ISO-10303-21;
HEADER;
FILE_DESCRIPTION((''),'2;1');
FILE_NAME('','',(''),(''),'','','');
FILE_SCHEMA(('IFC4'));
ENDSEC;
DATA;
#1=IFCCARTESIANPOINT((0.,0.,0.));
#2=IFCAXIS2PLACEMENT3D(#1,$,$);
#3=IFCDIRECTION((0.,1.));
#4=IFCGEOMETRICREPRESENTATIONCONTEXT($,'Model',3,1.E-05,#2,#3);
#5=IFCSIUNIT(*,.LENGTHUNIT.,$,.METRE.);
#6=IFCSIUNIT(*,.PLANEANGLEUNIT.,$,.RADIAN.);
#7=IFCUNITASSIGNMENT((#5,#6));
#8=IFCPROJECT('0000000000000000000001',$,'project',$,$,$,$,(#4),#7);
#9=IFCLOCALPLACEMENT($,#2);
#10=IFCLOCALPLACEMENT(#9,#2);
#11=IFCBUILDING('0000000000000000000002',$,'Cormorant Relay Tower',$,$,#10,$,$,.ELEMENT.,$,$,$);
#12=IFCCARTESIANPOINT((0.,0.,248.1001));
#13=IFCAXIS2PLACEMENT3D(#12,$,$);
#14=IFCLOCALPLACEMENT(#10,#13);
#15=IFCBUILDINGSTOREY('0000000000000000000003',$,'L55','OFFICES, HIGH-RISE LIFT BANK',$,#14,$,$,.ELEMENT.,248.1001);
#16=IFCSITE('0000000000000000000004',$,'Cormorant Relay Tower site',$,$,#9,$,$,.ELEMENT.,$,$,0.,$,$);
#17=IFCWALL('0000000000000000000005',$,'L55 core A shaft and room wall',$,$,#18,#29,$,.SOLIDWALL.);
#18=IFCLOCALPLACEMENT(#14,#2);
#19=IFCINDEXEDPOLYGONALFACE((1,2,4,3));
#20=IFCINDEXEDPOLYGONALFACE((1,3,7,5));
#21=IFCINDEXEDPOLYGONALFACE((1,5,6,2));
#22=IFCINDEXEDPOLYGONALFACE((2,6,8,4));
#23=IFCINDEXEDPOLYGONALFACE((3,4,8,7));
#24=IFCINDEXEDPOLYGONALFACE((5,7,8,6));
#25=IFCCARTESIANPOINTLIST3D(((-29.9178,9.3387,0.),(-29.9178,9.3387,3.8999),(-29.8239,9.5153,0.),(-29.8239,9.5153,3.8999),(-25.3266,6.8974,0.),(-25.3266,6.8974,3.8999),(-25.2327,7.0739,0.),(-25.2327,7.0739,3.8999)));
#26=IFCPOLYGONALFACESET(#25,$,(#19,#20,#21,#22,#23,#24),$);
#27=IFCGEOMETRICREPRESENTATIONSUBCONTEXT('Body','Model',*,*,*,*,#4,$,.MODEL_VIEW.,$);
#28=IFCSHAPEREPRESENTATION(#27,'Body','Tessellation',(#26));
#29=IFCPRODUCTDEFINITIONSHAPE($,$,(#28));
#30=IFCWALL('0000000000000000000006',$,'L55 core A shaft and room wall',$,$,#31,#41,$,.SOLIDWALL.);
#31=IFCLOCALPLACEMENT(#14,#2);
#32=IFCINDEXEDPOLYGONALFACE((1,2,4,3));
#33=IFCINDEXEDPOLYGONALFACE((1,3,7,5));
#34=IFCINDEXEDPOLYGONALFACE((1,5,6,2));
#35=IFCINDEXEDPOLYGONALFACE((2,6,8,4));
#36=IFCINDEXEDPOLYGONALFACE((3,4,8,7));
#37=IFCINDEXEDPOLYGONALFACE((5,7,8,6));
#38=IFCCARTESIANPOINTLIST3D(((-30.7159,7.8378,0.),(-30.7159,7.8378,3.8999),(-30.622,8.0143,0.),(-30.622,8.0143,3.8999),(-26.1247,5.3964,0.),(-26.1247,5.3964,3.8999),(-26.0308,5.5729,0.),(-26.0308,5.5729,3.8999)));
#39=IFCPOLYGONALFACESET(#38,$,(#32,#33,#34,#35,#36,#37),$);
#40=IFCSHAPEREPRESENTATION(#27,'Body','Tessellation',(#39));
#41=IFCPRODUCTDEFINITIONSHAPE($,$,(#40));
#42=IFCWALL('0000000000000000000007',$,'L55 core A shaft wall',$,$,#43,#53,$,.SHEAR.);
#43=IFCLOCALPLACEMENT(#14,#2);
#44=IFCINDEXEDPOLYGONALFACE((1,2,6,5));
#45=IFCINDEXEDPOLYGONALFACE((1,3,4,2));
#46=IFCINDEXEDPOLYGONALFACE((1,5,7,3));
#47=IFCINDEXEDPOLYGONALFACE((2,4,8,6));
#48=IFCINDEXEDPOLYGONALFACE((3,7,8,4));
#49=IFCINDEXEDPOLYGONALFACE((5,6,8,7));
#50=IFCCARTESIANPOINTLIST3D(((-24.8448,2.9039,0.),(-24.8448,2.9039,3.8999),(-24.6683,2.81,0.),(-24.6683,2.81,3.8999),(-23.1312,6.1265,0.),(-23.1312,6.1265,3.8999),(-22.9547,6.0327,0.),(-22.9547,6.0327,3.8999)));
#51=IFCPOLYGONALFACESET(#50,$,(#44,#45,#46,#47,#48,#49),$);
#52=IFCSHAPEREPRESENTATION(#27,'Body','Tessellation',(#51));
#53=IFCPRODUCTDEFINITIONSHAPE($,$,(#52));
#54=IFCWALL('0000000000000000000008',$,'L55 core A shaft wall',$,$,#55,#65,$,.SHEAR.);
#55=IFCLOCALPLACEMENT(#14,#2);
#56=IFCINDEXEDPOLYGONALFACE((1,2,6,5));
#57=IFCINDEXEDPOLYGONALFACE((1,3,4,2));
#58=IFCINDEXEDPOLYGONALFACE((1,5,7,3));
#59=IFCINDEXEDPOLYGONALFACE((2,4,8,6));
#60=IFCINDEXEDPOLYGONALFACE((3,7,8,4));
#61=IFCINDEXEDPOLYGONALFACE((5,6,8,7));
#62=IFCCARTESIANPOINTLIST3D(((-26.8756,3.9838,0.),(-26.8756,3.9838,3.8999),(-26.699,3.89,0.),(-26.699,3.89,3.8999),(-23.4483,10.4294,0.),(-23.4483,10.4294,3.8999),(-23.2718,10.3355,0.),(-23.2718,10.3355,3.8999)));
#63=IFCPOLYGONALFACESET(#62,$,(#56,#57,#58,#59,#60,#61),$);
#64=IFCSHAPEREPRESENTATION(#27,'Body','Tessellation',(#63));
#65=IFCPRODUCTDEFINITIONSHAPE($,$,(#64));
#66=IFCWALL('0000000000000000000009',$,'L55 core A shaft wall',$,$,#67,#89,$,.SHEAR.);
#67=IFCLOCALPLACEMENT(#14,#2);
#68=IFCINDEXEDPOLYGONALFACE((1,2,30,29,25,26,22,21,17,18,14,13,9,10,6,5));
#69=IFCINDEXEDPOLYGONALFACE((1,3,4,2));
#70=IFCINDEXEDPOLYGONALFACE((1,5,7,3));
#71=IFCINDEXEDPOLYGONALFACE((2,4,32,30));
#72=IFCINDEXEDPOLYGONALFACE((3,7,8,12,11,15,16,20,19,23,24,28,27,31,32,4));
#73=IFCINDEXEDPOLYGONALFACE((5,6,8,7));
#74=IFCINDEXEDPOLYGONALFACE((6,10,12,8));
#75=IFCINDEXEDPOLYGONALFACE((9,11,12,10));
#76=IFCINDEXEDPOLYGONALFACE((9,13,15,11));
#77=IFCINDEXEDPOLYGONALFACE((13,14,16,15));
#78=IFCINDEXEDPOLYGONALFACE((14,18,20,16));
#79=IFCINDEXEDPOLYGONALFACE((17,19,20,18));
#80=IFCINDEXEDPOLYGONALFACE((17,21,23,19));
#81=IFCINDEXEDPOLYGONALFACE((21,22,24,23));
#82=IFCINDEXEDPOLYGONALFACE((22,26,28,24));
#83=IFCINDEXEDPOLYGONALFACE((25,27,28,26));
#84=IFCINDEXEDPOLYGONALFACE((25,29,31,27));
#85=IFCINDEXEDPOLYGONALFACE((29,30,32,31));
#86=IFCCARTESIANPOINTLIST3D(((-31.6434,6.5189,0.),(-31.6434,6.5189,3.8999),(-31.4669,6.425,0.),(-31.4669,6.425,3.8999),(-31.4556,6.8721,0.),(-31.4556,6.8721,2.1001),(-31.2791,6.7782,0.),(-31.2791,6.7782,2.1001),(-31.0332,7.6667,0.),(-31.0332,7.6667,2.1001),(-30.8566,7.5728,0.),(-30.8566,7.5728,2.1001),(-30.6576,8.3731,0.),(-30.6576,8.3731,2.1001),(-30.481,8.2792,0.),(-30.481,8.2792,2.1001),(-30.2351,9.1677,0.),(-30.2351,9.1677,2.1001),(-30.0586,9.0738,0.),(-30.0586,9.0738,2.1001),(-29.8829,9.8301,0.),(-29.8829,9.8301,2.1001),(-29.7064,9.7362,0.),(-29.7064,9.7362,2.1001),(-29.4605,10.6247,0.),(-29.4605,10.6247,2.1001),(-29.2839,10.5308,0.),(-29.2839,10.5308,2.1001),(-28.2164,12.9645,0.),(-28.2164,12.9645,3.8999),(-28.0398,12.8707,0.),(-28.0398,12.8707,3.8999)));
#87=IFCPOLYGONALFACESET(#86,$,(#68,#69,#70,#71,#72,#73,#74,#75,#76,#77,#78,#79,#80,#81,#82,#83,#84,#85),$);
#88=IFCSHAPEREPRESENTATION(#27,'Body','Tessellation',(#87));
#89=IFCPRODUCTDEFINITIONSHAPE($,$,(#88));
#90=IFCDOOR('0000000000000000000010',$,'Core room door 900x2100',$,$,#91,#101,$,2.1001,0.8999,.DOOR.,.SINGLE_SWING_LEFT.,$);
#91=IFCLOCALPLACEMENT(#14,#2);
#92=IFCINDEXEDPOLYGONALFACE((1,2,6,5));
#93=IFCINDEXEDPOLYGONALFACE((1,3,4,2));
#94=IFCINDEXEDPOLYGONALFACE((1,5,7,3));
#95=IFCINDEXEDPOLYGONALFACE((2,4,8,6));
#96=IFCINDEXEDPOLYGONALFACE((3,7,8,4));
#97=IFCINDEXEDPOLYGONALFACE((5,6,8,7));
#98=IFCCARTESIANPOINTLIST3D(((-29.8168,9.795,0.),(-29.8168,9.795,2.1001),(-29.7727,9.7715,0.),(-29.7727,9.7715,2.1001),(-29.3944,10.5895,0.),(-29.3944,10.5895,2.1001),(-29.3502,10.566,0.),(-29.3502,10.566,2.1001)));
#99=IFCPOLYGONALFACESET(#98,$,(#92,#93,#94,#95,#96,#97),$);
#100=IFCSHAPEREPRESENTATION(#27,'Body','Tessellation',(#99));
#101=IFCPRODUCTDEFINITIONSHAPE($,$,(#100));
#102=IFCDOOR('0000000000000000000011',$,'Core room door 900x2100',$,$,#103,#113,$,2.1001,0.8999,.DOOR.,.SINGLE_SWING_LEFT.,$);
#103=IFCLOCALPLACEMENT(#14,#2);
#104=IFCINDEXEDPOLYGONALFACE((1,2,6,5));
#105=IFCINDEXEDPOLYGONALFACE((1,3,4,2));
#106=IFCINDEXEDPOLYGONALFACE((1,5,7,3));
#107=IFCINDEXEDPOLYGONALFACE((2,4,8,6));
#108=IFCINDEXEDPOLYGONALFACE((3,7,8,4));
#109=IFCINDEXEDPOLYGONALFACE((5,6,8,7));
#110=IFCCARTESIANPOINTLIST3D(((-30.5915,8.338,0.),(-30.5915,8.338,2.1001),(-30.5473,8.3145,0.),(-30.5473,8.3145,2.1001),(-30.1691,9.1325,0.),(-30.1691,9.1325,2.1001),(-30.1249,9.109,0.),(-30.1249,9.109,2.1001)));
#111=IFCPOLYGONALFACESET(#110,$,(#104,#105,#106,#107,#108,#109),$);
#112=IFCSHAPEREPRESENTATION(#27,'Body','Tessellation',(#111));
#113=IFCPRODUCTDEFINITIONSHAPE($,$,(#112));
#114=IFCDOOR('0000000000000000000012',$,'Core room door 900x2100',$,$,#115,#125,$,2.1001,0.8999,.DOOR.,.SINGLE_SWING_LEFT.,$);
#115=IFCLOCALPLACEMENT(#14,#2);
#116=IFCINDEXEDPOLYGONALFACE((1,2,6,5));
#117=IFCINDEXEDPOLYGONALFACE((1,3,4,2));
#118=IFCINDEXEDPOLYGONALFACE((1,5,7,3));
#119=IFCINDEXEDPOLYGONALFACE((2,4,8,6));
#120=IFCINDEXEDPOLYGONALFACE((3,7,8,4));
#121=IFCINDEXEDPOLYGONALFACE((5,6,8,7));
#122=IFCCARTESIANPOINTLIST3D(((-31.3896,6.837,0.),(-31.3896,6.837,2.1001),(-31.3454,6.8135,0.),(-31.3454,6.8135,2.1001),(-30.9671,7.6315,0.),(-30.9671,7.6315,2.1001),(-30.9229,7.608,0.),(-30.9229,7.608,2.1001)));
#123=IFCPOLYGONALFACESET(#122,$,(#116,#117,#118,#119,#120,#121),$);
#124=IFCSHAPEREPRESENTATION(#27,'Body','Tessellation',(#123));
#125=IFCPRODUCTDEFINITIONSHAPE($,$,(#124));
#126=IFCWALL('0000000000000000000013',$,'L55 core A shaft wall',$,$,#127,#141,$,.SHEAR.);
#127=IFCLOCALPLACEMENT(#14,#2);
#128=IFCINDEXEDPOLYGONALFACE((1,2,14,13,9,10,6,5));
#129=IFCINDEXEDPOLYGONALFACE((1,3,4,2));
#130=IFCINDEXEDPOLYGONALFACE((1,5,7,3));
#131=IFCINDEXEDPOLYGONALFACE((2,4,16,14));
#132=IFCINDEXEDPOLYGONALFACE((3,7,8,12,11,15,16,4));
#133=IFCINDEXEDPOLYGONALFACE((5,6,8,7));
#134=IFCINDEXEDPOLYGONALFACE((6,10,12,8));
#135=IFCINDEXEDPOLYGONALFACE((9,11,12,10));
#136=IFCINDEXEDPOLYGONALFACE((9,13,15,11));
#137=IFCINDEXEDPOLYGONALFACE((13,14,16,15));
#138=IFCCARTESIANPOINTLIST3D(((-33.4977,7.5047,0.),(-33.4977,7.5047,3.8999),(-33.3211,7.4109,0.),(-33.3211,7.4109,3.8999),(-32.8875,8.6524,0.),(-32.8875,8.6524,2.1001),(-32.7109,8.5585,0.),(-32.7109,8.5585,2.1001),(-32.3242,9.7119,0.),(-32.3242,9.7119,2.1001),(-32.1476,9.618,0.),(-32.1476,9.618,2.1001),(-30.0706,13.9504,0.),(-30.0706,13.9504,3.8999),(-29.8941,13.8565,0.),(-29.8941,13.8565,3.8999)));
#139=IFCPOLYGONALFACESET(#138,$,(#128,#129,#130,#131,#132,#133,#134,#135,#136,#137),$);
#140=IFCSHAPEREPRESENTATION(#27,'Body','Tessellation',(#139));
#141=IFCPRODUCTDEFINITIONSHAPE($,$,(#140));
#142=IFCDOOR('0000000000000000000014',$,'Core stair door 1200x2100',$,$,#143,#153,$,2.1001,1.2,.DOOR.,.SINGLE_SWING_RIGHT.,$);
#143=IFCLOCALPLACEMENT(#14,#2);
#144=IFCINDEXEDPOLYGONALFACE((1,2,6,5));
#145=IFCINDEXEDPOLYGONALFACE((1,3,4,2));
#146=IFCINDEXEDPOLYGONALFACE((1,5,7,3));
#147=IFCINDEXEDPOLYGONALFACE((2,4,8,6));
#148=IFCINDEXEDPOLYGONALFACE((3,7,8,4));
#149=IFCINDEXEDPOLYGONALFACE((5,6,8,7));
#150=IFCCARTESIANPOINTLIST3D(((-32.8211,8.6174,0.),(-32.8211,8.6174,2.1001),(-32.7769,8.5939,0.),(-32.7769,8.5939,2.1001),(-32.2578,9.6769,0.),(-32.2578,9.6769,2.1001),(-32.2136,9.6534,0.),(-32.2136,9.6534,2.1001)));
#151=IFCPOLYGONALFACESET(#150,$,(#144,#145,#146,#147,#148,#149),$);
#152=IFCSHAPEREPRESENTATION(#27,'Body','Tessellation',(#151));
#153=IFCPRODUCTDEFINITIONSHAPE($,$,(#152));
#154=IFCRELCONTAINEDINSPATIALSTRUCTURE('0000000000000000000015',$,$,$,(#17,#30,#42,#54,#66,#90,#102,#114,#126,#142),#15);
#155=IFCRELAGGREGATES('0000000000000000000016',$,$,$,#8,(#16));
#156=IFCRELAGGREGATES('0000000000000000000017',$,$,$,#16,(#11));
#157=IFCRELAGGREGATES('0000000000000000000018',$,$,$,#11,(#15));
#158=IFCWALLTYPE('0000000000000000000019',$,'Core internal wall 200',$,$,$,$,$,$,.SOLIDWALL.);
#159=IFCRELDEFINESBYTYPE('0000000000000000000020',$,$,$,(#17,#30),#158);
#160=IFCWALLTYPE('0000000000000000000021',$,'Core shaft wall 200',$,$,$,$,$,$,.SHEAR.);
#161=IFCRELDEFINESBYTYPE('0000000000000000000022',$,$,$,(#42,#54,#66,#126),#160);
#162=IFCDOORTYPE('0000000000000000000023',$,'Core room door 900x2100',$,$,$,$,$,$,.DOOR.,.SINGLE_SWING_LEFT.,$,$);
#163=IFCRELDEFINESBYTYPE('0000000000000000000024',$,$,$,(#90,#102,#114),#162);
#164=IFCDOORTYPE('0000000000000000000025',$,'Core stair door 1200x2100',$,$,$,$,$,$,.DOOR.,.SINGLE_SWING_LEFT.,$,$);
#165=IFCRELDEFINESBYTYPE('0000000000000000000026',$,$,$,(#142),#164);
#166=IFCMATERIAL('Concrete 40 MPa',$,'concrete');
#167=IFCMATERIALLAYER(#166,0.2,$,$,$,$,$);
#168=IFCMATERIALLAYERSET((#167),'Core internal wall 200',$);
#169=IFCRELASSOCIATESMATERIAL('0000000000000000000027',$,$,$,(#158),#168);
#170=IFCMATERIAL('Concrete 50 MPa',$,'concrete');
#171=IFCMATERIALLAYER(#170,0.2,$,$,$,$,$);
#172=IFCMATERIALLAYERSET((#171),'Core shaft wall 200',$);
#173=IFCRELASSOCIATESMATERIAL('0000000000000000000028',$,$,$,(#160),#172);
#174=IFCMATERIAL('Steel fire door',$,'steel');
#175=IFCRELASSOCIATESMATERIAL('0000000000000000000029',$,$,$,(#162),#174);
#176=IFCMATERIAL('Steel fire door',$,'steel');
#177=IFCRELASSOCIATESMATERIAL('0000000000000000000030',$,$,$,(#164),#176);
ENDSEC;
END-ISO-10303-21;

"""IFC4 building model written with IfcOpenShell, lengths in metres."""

from ifc_helpers import new_model, si_unit, direction, frame, frame_2d, origin, place, context, subcontext, project, spatial, rectangle, extrude, material, layer, layer_set, type_object, element, fill, save


model = new_model("IFC4")

# Units and contexts
model_context = context("Model", 3, precision=1e-05, world=origin(), true_north=direction((0.0, 1.0)))
body_context = subcontext(model_context, "Body", "Model", "MODEL_VIEW")
ifc_project = project(units=[si_unit("LENGTHUNIT", "METRE"), si_unit("PLANEANGLEUNIT", "RADIAN")], contexts=[model_context])

# Site, building, storey
site_placement = place(None, origin())
site = spatial("IfcSite", under=ifc_project, at=site_placement, Name="Cormorant Relay Tower site", CompositionType="ELEMENT", RefElevation=0.0)
building_placement = place(site_placement, origin())
building = spatial("IfcBuilding", under=site, at=building_placement, Name="Cormorant Relay Tower", CompositionType="ELEMENT")
storey_placement = place(building_placement, frame((0.0, 0.0, 248.1001)))
storey = spatial("IfcBuildingStorey", under=building, at=storey_placement, Name="L55", Description="OFFICES, HIGH-RISE LIFT BANK", CompositionType="ELEMENT", Elevation=248.1001)

# Walls
ifc_material_1 = material(Name="Concrete 40 MPa", Category="concrete")
ifc_layer_1 = layer(ifc_material_1, 0.2)
ifc_layer_set_1 = layer_set([ifc_layer_1], Name="Core internal wall 200")
wall_type_1 = type_object("IfcWallType", Name="Core internal wall 200", PredefinedType="SOLIDWALL", material=ifc_layer_set_1)
for number, where, z_axis, x_axis, name in (
    (1, (-25.2795, 6.9856, 0.0), (0.0, 0.0, 1.0), (-0.882935, 0.469496, 0.0), "L55 core A shaft and room wall"),
    (2, (-26.0776, 5.4846, 0.0), (0.0, 0.0, 1.0), (-0.882935, 0.469496, 0.0), "L55 core A shaft and room wall"),
):
    element("IfcWall", number, at=place(storey_placement, frame(where, z_axis=z_axis, x_axis=x_axis)), inside=storey, type_object=wall_type_1, Name=name, PredefinedType="SOLIDWALL", context=body_context, shape_type="SweptSolid", body=[
        extrude(rectangle(XDim=5.2, YDim=0.2, at=frame_2d((2.6001, 0.0))), origin(), (0.0, 0.0, 1.0), 3.8999),
    ])
ifc_material_2 = material(Name="Concrete 50 MPa", Category="concrete")
ifc_layer_2 = layer(ifc_material_2, 0.2)
ifc_layer_set_2 = layer_set([ifc_layer_2], Name="Core shaft wall 200")
wall_type_2 = type_object("IfcWallType", Name="Core shaft wall 200", PredefinedType="SHEAR", material=ifc_layer_set_2)
wall_1_placement = place(storey_placement, frame((-23.043, 6.0796, 0.0), z_axis=(0.0, 0.0, 1.0), x_axis=(-0.469494, -0.882936, 0.0)))
element("IfcWall", 3, at=wall_1_placement, inside=storey, type_object=wall_type_2, Name="L55 core A shaft wall", PredefinedType="SHEAR", context=body_context, shape_type="SweptSolid", body=[
    extrude(rectangle(XDim=3.6499, YDim=0.2, at=frame_2d((1.825, 0.0))), origin(), (0.0, 0.0, 1.0), 3.8999),
])
wall_2_placement = place(storey_placement, frame((-23.3601, 10.3823, 0.0), z_axis=(0.0, 0.0, 1.0), x_axis=(-0.46948, -0.882943, 0.0)))
element("IfcWall", 4, at=wall_2_placement, inside=storey, type_object=wall_type_2, Name="L55 core A shaft wall", PredefinedType="SHEAR", context=body_context, shape_type="SweptSolid", body=[
    extrude(rectangle(XDim=7.3, YDim=0.2, at=frame_2d((3.6499, 0.0))), origin(), (0.0, 0.0, 1.0), 3.8999),
])

# Wall, openings, doors
wall_3_placement = place(storey_placement, frame((-28.1282, 12.9175, 0.0), z_axis=(0.0, 0.0, 1.0), x_axis=(-0.469454, -0.882957, 0.0)))
wall_3 = element("IfcWall", 5, at=wall_3_placement, inside=storey, type_object=wall_type_2, Name="L55 core A shaft wall", PredefinedType="SHEAR", context=body_context, shape_type="SweptSolid", body=[
    extrude(rectangle(XDim=7.3, YDim=0.2, at=frame_2d((3.6499, 0.0))), origin(), (0.0, 0.0, 1.0), 3.8999),
])
opening_1_placement = place(wall_3_placement, frame((2.6499, 0.0, 0.0)))
opening_1 = element("IfcOpeningElement", 6, at=opening_1_placement, cuts=wall_3, PredefinedType="OPENING", context=body_context, shape_type="SweptSolid", body=[
    extrude(rectangle(XDim=0.8999, YDim=2.1001, at=frame_2d((0.45, 1.05))), frame((0.0, 0.1099, 0.0), z_axis=(0.0, -1.0, 0.0), x_axis=(1.0, 0.0, 0.0)), (0.0, 0.0, 1.0), 0.22),
])
opening_2_placement = place(wall_3_placement, frame((4.3, 0.0, 0.0)))
opening_2 = element("IfcOpeningElement", 7, at=opening_2_placement, cuts=wall_3, PredefinedType="OPENING", context=body_context, shape_type="SweptSolid", body=[
    extrude(rectangle(XDim=0.8999, YDim=2.1001, at=frame_2d((0.45, 1.05))), frame((0.0, 0.1099, 0.0), z_axis=(0.0, -1.0, 0.0), x_axis=(1.0, 0.0, 0.0)), (0.0, 0.0, 1.0), 0.22),
])
opening_3_placement = place(wall_3_placement, frame((6.0, 0.0, 0.0)))
opening_3 = element("IfcOpeningElement", 8, at=opening_3_placement, cuts=wall_3, PredefinedType="OPENING", context=body_context, shape_type="SweptSolid", body=[
    extrude(rectangle(XDim=0.8999, YDim=2.1001, at=frame_2d((0.45, 1.05))), frame((0.0, 0.1099, 0.0), z_axis=(0.0, -1.0, 0.0), x_axis=(1.0, 0.0, 0.0)), (0.0, 0.0, 1.0), 0.22),
])
ifc_material_3 = material(Name="Steel fire door", Category="steel")
door_type_1 = type_object("IfcDoorType", Name="Core room door 900x2100", OperationType="SINGLE_SWING_LEFT", PredefinedType="DOOR", material=ifc_material_3)
door_1_placement = place(opening_1_placement, origin())
door_1 = element("IfcDoor", 9, at=door_1_placement, inside=storey, type_object=door_type_1, Name="Core room door 900x2100", OperationType="SINGLE_SWING_LEFT", OverallHeight=2.1001, OverallWidth=0.8999, PredefinedType="DOOR", context=body_context, shape_type="SweptSolid", body=[
    extrude(rectangle(XDim=0.8999, YDim=2.1001, at=frame_2d((0.45, 1.05))), frame((0.0, 0.0249, 0.0), z_axis=(0.0, -1.0, 0.0), x_axis=(1.0, 0.0, 0.0)), (0.0, 0.0, 1.0), 0.05),
])
fill(opening_1, door_1)
door_2_placement = place(opening_2_placement, origin())
door_2 = element("IfcDoor", 10, at=door_2_placement, inside=storey, type_object=door_type_1, Name="Core room door 900x2100", OperationType="SINGLE_SWING_LEFT", OverallHeight=2.1001, OverallWidth=0.8999, PredefinedType="DOOR", context=body_context, shape_type="SweptSolid", body=[
    extrude(rectangle(XDim=0.8999, YDim=2.1001, at=frame_2d((0.45, 1.05))), frame((0.0, 0.0249, 0.0), z_axis=(0.0, -1.0, 0.0), x_axis=(1.0, 0.0, 0.0)), (0.0, 0.0, 1.0), 0.05),
])
fill(opening_2, door_2)
door_3_placement = place(opening_3_placement, origin())
door_3 = element("IfcDoor", 11, at=door_3_placement, inside=storey, type_object=door_type_1, Name="Core room door 900x2100", OperationType="SINGLE_SWING_LEFT", OverallHeight=2.1001, OverallWidth=0.8999, PredefinedType="DOOR", context=body_context, shape_type="SweptSolid", body=[
    extrude(rectangle(XDim=0.8999, YDim=2.1001, at=frame_2d((0.45, 1.05))), frame((0.0, 0.0249, 0.0), z_axis=(0.0, -1.0, 0.0), x_axis=(1.0, 0.0, 0.0)), (0.0, 0.0, 1.0), 0.05),
])
fill(opening_3, door_3)

# Wall, opening, door
wall_4_placement = place(storey_placement, frame((-29.9824, 13.9033, 0.0), z_axis=(0.0, 0.0, 1.0), x_axis=(-0.469454, -0.882957, 0.0)))
wall_4 = element("IfcWall", 12, at=wall_4_placement, inside=storey, type_object=wall_type_2, Name="L55 core A shaft wall", PredefinedType="SHEAR", context=body_context, shape_type="SweptSolid", body=[
    extrude(rectangle(XDim=7.3, YDim=0.2, at=frame_2d((3.6499, 0.0))), origin(), (0.0, 0.0, 1.0), 3.8999),
])
opening_4_placement = place(wall_4_placement, frame((4.8, 0.0, 0.0)))
opening_4 = element("IfcOpeningElement", 13, at=opening_4_placement, cuts=wall_4, PredefinedType="OPENING", context=body_context, shape_type="SweptSolid", body=[
    extrude(rectangle(XDim=1.2, YDim=2.1001, at=frame_2d((0.6001, 1.05))), frame((0.0, 0.1099, 0.0), z_axis=(0.0, -1.0, 0.0), x_axis=(1.0, 0.0, 0.0)), (0.0, 0.0, 1.0), 0.22),
])
ifc_material_4 = material(Name="Steel fire door", Category="steel")
door_type_2 = type_object("IfcDoorType", Name="Core stair door 1200x2100", OperationType="SINGLE_SWING_LEFT", PredefinedType="DOOR", material=ifc_material_4)
door_4_placement = place(opening_4_placement, frame((1.2, 0.0, 0.0), z_axis=(0.0, 0.0, 1.0), x_axis=(-1.0, 0.0, 0.0)))
door_4 = element("IfcDoor", 14, at=door_4_placement, inside=storey, type_object=door_type_2, Name="Core stair door 1200x2100", OperationType="SINGLE_SWING_RIGHT", OverallHeight=2.1001, OverallWidth=1.2, PredefinedType="DOOR", context=body_context, shape_type="SweptSolid", body=[
    extrude(rectangle(XDim=1.2, YDim=2.1001, at=frame_2d((0.6001, 1.05))), frame((0.0, 0.0249, 0.0), z_axis=(0.0, -1.0, 0.0), x_axis=(1.0, 0.0, 0.0)), (0.0, 0.0, 1.0), 0.05),
])
fill(opening_4, door_4)

save(model, "model.ifc")
